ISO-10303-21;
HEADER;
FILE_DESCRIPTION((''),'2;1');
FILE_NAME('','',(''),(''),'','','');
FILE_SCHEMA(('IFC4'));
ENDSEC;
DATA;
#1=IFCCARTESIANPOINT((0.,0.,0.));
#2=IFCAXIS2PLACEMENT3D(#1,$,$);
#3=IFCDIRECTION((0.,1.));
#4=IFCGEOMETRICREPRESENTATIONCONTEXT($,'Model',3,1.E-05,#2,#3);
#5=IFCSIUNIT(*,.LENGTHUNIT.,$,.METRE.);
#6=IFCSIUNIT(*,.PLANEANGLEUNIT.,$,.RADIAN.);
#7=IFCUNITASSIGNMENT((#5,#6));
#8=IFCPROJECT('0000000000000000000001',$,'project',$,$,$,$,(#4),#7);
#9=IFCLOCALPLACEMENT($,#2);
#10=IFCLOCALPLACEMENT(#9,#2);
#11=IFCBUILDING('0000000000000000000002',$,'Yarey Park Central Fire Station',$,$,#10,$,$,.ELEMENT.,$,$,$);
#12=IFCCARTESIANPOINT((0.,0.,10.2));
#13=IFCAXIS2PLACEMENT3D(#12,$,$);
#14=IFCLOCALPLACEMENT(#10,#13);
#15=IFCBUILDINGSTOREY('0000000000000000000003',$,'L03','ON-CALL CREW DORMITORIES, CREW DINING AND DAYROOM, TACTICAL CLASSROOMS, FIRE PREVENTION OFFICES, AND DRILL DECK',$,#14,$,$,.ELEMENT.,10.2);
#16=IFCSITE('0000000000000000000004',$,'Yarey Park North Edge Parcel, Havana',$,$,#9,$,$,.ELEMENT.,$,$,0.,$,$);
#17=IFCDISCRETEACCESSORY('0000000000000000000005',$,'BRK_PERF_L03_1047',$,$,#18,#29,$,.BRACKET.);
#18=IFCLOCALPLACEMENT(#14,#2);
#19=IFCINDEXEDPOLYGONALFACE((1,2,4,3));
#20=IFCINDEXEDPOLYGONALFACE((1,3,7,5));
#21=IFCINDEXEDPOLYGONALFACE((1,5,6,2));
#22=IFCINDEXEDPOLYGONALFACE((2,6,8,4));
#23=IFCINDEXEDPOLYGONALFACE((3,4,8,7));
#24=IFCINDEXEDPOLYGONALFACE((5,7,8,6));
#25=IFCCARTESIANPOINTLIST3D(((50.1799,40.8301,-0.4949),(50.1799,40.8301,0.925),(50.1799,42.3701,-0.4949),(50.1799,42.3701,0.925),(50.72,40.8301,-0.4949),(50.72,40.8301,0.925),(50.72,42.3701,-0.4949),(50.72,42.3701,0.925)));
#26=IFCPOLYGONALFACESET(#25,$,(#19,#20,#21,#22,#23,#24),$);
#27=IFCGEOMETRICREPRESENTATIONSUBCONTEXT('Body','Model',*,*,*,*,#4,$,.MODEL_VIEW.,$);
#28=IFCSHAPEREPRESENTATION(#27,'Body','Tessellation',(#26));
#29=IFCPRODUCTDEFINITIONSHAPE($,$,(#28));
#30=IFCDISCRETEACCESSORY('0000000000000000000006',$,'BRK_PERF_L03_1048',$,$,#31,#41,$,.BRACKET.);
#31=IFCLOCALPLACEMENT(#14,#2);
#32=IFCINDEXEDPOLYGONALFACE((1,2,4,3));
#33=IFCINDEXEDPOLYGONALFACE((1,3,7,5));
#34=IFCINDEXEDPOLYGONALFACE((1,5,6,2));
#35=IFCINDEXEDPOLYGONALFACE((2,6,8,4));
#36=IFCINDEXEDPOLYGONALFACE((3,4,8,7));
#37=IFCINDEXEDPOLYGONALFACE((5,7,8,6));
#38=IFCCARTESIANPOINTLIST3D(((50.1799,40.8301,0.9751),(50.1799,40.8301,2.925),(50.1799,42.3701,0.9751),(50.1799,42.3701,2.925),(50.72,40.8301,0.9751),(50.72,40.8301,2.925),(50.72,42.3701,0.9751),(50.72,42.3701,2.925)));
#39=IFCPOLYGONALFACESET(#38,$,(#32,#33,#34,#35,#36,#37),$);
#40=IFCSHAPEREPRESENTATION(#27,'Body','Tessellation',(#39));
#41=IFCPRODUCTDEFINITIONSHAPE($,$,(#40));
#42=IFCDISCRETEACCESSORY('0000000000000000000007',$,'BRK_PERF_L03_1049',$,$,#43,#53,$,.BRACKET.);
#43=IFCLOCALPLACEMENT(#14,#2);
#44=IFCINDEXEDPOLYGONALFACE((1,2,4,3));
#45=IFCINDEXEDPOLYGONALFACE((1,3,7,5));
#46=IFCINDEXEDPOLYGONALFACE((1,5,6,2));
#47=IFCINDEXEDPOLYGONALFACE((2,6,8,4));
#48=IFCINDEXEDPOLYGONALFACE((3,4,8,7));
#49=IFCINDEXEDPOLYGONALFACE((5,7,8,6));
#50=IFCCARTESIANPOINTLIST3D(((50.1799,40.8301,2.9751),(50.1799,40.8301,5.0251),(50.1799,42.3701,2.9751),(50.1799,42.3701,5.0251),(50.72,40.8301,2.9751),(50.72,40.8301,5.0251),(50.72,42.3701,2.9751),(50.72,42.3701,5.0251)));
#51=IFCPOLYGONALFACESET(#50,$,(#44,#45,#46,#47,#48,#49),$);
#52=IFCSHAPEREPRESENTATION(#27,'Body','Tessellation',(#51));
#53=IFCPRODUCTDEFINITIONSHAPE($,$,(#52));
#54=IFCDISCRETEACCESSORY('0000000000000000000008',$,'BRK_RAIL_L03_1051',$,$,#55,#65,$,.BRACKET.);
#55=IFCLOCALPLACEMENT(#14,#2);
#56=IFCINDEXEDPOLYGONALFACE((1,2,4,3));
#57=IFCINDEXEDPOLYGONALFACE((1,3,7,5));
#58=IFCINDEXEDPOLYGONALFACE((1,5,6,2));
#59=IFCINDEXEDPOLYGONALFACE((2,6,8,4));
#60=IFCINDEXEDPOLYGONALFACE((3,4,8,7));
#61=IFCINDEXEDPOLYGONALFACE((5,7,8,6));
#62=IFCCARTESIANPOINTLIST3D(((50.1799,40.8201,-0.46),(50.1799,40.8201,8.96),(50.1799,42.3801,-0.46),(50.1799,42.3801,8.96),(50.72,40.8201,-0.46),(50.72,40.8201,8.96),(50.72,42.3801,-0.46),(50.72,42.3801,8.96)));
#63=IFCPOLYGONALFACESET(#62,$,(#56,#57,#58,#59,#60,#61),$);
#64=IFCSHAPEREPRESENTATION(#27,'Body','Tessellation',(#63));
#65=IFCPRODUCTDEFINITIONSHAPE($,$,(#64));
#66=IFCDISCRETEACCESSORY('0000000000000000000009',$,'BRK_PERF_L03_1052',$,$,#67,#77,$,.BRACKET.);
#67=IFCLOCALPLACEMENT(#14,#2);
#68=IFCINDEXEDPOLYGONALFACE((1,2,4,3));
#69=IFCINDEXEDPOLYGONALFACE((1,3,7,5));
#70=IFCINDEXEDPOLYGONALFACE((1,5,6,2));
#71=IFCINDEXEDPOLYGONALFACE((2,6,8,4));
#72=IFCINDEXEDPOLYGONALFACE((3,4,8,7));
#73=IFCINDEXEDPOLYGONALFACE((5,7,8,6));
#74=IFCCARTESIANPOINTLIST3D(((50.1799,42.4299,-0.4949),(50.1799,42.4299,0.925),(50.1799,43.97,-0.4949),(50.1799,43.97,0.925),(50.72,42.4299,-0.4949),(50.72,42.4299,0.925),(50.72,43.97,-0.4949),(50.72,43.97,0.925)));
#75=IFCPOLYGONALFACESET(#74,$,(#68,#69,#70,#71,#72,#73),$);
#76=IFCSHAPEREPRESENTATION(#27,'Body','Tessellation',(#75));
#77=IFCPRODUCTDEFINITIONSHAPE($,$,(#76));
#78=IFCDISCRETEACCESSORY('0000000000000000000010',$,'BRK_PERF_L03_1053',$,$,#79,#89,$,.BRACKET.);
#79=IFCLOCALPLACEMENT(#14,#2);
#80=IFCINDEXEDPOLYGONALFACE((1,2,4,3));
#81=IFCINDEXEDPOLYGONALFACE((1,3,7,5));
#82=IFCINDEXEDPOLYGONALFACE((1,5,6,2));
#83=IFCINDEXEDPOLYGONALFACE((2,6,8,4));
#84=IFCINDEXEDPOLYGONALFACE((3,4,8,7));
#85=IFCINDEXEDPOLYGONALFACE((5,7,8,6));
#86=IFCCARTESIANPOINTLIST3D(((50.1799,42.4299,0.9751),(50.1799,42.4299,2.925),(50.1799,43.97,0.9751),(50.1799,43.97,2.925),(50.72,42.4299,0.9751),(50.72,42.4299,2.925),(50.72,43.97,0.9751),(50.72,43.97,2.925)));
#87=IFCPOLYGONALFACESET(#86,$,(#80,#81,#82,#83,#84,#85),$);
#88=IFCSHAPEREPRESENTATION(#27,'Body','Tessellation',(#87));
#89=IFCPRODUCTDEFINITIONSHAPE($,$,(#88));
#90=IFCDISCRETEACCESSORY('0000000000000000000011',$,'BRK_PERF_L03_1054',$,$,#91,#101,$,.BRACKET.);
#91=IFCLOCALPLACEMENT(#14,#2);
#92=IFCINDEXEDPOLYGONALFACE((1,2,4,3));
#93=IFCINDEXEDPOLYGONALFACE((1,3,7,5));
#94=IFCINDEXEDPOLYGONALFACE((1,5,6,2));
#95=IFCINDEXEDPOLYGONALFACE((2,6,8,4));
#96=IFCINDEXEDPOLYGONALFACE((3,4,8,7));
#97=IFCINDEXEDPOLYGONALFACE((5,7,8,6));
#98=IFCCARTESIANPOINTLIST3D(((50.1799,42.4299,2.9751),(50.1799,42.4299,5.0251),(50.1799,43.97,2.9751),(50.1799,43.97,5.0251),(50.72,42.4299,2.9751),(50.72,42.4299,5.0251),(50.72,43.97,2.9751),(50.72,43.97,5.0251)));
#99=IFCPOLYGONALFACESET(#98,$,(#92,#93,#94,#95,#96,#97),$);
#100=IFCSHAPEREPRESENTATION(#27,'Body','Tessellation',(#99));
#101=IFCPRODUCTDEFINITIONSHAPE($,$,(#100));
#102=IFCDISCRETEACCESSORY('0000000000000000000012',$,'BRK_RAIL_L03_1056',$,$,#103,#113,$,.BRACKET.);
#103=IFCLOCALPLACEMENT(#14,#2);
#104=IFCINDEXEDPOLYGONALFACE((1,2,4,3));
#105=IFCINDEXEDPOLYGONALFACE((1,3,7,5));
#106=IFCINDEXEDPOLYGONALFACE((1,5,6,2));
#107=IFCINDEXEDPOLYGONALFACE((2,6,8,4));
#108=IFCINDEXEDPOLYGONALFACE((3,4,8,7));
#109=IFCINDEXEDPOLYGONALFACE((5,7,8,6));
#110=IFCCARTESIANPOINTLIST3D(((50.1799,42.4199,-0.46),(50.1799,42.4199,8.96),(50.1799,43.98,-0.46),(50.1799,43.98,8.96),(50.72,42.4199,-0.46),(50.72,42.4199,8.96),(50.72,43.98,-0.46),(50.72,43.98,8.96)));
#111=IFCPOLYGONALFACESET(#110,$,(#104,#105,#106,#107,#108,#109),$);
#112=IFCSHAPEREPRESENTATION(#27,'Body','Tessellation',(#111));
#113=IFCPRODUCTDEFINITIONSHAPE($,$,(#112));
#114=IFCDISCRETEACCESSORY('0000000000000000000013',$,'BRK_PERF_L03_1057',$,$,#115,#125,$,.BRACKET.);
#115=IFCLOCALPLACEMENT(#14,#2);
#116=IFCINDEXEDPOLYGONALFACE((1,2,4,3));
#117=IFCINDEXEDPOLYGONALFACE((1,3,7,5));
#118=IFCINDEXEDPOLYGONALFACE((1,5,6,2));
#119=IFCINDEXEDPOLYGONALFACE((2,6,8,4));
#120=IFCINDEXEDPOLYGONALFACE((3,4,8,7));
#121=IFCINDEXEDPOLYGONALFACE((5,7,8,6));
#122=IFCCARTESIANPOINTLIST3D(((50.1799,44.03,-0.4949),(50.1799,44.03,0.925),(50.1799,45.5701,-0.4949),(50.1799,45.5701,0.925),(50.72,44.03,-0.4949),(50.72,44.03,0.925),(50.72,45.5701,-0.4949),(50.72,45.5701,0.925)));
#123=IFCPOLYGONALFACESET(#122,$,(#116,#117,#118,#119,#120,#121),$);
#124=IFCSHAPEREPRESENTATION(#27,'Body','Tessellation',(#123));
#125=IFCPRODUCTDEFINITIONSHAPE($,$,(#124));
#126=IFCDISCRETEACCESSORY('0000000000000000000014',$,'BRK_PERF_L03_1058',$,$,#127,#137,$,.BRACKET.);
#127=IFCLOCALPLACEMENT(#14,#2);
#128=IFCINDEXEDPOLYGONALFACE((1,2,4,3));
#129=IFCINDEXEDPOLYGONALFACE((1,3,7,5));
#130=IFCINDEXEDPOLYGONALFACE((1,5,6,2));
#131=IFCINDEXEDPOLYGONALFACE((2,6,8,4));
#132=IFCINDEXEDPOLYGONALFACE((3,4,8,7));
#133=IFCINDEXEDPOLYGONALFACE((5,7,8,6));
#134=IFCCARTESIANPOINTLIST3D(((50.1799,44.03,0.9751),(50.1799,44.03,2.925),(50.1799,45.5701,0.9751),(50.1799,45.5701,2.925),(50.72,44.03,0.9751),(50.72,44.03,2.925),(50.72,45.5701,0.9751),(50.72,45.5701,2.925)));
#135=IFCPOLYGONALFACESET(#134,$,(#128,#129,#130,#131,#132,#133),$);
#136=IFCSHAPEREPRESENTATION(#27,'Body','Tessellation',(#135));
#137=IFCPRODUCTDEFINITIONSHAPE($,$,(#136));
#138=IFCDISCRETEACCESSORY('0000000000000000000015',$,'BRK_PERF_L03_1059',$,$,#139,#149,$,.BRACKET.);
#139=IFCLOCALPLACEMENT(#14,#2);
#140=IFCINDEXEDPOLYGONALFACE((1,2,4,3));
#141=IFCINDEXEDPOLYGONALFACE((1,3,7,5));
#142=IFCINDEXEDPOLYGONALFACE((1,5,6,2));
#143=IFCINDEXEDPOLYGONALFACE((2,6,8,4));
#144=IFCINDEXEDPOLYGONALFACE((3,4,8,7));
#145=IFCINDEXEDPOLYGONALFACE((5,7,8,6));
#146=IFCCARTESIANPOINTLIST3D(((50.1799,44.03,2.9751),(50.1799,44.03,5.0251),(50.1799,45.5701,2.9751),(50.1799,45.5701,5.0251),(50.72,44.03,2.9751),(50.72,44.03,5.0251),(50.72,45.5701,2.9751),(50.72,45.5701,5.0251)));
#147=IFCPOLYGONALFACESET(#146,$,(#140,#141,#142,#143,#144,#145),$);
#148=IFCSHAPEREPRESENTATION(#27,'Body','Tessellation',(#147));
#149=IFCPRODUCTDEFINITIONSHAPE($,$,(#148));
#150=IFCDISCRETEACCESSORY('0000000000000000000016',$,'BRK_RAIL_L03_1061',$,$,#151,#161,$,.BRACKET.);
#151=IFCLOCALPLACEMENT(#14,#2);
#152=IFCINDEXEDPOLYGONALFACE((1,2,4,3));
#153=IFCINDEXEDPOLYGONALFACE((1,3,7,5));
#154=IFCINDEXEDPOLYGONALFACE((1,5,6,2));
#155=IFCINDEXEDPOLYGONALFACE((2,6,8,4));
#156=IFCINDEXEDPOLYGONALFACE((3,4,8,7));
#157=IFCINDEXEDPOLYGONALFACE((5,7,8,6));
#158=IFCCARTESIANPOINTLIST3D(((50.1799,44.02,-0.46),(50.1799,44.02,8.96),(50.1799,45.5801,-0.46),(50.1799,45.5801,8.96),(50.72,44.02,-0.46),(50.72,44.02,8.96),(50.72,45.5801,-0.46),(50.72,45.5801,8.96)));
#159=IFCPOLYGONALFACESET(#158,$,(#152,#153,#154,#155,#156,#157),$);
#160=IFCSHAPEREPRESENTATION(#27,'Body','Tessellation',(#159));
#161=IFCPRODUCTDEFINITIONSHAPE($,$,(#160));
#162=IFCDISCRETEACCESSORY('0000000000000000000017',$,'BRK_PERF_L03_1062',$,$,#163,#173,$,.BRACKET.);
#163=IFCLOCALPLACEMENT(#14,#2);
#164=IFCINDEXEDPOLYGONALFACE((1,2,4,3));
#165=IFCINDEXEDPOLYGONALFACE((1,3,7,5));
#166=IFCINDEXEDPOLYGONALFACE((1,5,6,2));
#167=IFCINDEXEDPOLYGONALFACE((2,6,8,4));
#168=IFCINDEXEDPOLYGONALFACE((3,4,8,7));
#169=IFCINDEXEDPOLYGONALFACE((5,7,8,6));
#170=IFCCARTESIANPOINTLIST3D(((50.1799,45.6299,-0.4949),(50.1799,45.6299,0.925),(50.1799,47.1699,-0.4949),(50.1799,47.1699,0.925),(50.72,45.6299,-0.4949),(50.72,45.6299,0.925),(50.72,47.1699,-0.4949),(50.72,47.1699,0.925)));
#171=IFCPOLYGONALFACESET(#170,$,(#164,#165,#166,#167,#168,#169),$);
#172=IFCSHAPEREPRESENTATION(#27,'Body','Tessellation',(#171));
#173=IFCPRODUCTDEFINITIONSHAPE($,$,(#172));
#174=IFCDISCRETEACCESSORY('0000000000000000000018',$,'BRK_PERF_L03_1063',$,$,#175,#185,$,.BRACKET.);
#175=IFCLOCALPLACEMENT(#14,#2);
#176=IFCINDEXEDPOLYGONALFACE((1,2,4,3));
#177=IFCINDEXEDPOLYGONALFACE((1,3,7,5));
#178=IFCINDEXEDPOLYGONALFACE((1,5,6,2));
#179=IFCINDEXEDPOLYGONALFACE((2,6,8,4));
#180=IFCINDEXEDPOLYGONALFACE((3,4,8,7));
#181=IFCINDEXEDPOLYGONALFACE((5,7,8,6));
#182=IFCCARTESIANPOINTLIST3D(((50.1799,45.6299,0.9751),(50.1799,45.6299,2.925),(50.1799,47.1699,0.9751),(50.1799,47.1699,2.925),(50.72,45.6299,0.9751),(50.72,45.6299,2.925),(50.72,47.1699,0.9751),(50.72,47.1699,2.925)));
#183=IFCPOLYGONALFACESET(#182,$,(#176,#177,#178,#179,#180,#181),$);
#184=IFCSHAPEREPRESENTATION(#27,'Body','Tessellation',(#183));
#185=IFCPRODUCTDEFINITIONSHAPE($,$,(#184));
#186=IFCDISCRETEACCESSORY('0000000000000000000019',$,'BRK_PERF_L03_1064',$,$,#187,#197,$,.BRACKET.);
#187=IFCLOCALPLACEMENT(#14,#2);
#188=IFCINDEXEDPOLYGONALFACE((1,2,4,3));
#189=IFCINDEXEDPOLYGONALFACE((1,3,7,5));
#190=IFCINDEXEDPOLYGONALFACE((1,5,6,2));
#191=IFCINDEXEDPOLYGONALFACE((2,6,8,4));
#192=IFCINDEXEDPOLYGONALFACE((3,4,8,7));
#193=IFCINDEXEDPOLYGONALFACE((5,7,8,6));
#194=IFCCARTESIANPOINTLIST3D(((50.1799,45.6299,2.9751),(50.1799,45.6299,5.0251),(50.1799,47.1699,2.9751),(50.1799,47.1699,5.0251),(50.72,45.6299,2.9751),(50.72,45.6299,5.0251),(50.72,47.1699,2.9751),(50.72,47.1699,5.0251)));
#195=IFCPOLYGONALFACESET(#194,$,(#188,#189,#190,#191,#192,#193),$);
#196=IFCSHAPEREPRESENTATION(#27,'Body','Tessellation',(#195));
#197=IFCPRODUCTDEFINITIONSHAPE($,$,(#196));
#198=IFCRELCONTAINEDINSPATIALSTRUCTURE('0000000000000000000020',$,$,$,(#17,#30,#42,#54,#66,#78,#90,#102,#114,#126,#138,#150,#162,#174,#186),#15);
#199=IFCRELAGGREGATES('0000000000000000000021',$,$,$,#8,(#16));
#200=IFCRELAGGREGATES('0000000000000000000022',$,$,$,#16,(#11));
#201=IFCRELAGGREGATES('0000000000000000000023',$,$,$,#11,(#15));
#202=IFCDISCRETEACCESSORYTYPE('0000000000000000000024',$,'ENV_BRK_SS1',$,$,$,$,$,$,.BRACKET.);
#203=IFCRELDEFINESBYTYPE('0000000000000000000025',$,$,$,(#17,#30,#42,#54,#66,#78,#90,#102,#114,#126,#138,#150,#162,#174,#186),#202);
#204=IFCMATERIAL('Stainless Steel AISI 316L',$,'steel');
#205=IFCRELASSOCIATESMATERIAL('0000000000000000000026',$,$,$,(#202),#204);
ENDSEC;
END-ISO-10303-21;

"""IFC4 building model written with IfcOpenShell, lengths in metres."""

from ifc_helpers import new_model, si_unit, direction, frame, origin, origin_2d, place, context, subcontext, project, spatial, rectangle, extrude, material, type_object, element, save


model = new_model("IFC4")

# Units and contexts
model_context = context("Model", 3, precision=1e-05, world=origin(), true_north=direction((0.0, 1.0)))
body_context = subcontext(model_context, "Body", "Model", "MODEL_VIEW")
ifc_project = project(units=[si_unit("LENGTHUNIT", "METRE"), si_unit("PLANEANGLEUNIT", "RADIAN")], contexts=[model_context])

# Site, building, storey
site_placement = place(None, origin())
site = spatial("IfcSite", under=ifc_project, at=site_placement, Name="Yarey Park North Edge Parcel, Havana", CompositionType="ELEMENT", RefElevation=0.0)
building_placement = place(site_placement, origin())
building = spatial("IfcBuilding", under=site, at=building_placement, Name="Yarey Park Central Fire Station", CompositionType="ELEMENT")
storey_placement = place(building_placement, frame((0.0, 0.0, 10.2)))
storey = spatial("IfcBuildingStorey", under=building, at=storey_placement, Name="L03", Description="ON-CALL CREW DORMITORIES, CREW DINING AND DAYROOM, TACTICAL CLASSROOMS, FIRE PREVENTION OFFICES, AND DRILL DECK", CompositionType="ELEMENT", Elevation=10.2)

# Discrete accessories
ifc_material_1 = material(Name="Stainless Steel AISI 316L", Category="steel")
discrete_accessory_type = type_object("IfcDiscreteAccessoryType", Name="ENV_BRK_SS1", PredefinedType="BRACKET", material=ifc_material_1)
discrete_accessory_1_placement = place(storey_placement, frame((50.45, 41.6001, -0.4949), z_axis=(0.0, 0.0, 1.0), x_axis=(1.0, 0.0, 0.0)))
element("IfcDiscreteAccessory", 1, at=discrete_accessory_1_placement, inside=storey, type_object=discrete_accessory_type, Name="BRK_PERF_L03_1047", PredefinedType="BRACKET", context=body_context, shape_type="SweptSolid", body=[
    extrude(rectangle(XDim=0.54, YDim=1.54, at=origin_2d()), origin(), (0.0, 0.0, 1.0), 1.4199),
])
discrete_accessory_2_placement = place(storey_placement, frame((50.45, 41.6001, 0.9751), z_axis=(0.0, 0.0, 1.0), x_axis=(1.0, 0.0, 0.0)))
element("IfcDiscreteAccessory", 2, at=discrete_accessory_2_placement, inside=storey, type_object=discrete_accessory_type, Name="BRK_PERF_L03_1048", PredefinedType="BRACKET", context=body_context, shape_type="SweptSolid", body=[
    extrude(rectangle(XDim=0.54, YDim=1.54, at=origin_2d()), origin(), (0.0, 0.0, 1.0), 1.95),
])
discrete_accessory_3_placement = place(storey_placement, frame((50.45, 41.6001, 2.9751), z_axis=(0.0, 0.0, 1.0), x_axis=(1.0, 0.0, 0.0)))
element("IfcDiscreteAccessory", 3, at=discrete_accessory_3_placement, inside=storey, type_object=discrete_accessory_type, Name="BRK_PERF_L03_1049", PredefinedType="BRACKET", context=body_context, shape_type="SweptSolid", body=[
    extrude(rectangle(XDim=0.54, YDim=1.54, at=origin_2d()), origin(), (0.0, 0.0, 1.0), 2.05),
])
discrete_accessory_4_placement = place(storey_placement, frame((50.45, 41.6001, -0.46), z_axis=(0.0, 0.0, 1.0), x_axis=(1.0, 0.0, 0.0)))
element("IfcDiscreteAccessory", 4, at=discrete_accessory_4_placement, inside=storey, type_object=discrete_accessory_type, Name="BRK_RAIL_L03_1051", PredefinedType="BRACKET", context=body_context, shape_type="SweptSolid", body=[
    extrude(rectangle(XDim=0.54, YDim=1.5601, at=origin_2d()), origin(), (0.0, 0.0, 1.0), 9.4199),
])
discrete_accessory_5_placement = place(storey_placement, frame((50.45, 43.2, -0.4949), z_axis=(0.0, 0.0, 1.0), x_axis=(1.0, 0.0, 0.0)))
element("IfcDiscreteAccessory", 5, at=discrete_accessory_5_placement, inside=storey, type_object=discrete_accessory_type, Name="BRK_PERF_L03_1052", PredefinedType="BRACKET", context=body_context, shape_type="SweptSolid", body=[
    extrude(rectangle(XDim=0.54, YDim=1.54, at=origin_2d()), origin(), (0.0, 0.0, 1.0), 1.4199),
])
discrete_accessory_6_placement = place(storey_placement, frame((50.45, 43.2, 0.9751), z_axis=(0.0, 0.0, 1.0), x_axis=(1.0, 0.0, 0.0)))
element("IfcDiscreteAccessory", 6, at=discrete_accessory_6_placement, inside=storey, type_object=discrete_accessory_type, Name="BRK_PERF_L03_1053", PredefinedType="BRACKET", context=body_context, shape_type="SweptSolid", body=[
    extrude(rectangle(XDim=0.54, YDim=1.54, at=origin_2d()), origin(), (0.0, 0.0, 1.0), 1.95),
])
discrete_accessory_7_placement = place(storey_placement, frame((50.45, 43.2, 2.9751), z_axis=(0.0, 0.0, 1.0), x_axis=(1.0, 0.0, 0.0)))
element("IfcDiscreteAccessory", 7, at=discrete_accessory_7_placement, inside=storey, type_object=discrete_accessory_type, Name="BRK_PERF_L03_1054", PredefinedType="BRACKET", context=body_context, shape_type="SweptSolid", body=[
    extrude(rectangle(XDim=0.54, YDim=1.54, at=origin_2d()), origin(), (0.0, 0.0, 1.0), 2.05),
])
discrete_accessory_8_placement = place(storey_placement, frame((50.45, 43.2, -0.46), z_axis=(0.0, 0.0, 1.0), x_axis=(1.0, 0.0, 0.0)))
element("IfcDiscreteAccessory", 8, at=discrete_accessory_8_placement, inside=storey, type_object=discrete_accessory_type, Name="BRK_RAIL_L03_1056", PredefinedType="BRACKET", context=body_context, shape_type="SweptSolid", body=[
    extrude(rectangle(XDim=0.54, YDim=1.5601, at=origin_2d()), origin(), (0.0, 0.0, 1.0), 9.4199),
])
discrete_accessory_9_placement = place(storey_placement, frame((50.45, 44.8, -0.4949), z_axis=(0.0, 0.0, 1.0), x_axis=(1.0, 0.0, 0.0)))
element("IfcDiscreteAccessory", 9, at=discrete_accessory_9_placement, inside=storey, type_object=discrete_accessory_type, Name="BRK_PERF_L03_1057", PredefinedType="BRACKET", context=body_context, shape_type="SweptSolid", body=[
    extrude(rectangle(XDim=0.54, YDim=1.54, at=origin_2d()), origin(), (0.0, 0.0, 1.0), 1.4199),
])
discrete_accessory_10_placement = place(storey_placement, frame((50.45, 44.8, 0.9751), z_axis=(0.0, 0.0, 1.0), x_axis=(1.0, 0.0, 0.0)))
element("IfcDiscreteAccessory", 10, at=discrete_accessory_10_placement, inside=storey, type_object=discrete_accessory_type, Name="BRK_PERF_L03_1058", PredefinedType="BRACKET", context=body_context, shape_type="SweptSolid", body=[
    extrude(rectangle(XDim=0.54, YDim=1.54, at=origin_2d()), origin(), (0.0, 0.0, 1.0), 1.95),
])
discrete_accessory_11_placement = place(storey_placement, frame((50.45, 44.8, 2.9751), z_axis=(0.0, 0.0, 1.0), x_axis=(1.0, 0.0, 0.0)))
element("IfcDiscreteAccessory", 11, at=discrete_accessory_11_placement, inside=storey, type_object=discrete_accessory_type, Name="BRK_PERF_L03_1059", PredefinedType="BRACKET", context=body_context, shape_type="SweptSolid", body=[
    extrude(rectangle(XDim=0.54, YDim=1.54, at=origin_2d()), origin(), (0.0, 0.0, 1.0), 2.05),
])
discrete_accessory_12_placement = place(storey_placement, frame((50.45, 44.8, -0.46), z_axis=(0.0, 0.0, 1.0), x_axis=(1.0, 0.0, 0.0)))
element("IfcDiscreteAccessory", 12, at=discrete_accessory_12_placement, inside=storey, type_object=discrete_accessory_type, Name="BRK_RAIL_L03_1061", PredefinedType="BRACKET", context=body_context, shape_type="SweptSolid", body=[
    extrude(rectangle(XDim=0.54, YDim=1.5601, at=origin_2d()), origin(), (0.0, 0.0, 1.0), 9.4199),
])
discrete_accessory_13_placement = place(storey_placement, frame((50.45, 46.3999, -0.4949), z_axis=(0.0, 0.0, 1.0), x_axis=(1.0, 0.0, 0.0)))
element("IfcDiscreteAccessory", 13, at=discrete_accessory_13_placement, inside=storey, type_object=discrete_accessory_type, Name="BRK_PERF_L03_1062", PredefinedType="BRACKET", context=body_context, shape_type="SweptSolid", body=[
    extrude(rectangle(XDim=0.54, YDim=1.54, at=origin_2d()), origin(), (0.0, 0.0, 1.0), 1.4199),
])
discrete_accessory_14_placement = place(storey_placement, frame((50.45, 46.3999, 0.9751), z_axis=(0.0, 0.0, 1.0), x_axis=(1.0, 0.0, 0.0)))
element("IfcDiscreteAccessory", 14, at=discrete_accessory_14_placement, inside=storey, type_object=discrete_accessory_type, Name="BRK_PERF_L03_1063", PredefinedType="BRACKET", context=body_context, shape_type="SweptSolid", body=[
    extrude(rectangle(XDim=0.54, YDim=1.54, at=origin_2d()), origin(), (0.0, 0.0, 1.0), 1.95),
])
discrete_accessory_15_placement = place(storey_placement, frame((50.45, 46.3999, 2.9751), z_axis=(0.0, 0.0, 1.0), x_axis=(1.0, 0.0, 0.0)))
element("IfcDiscreteAccessory", 15, at=discrete_accessory_15_placement, inside=storey, type_object=discrete_accessory_type, Name="BRK_PERF_L03_1064", PredefinedType="BRACKET", context=body_context, shape_type="SweptSolid", body=[
    extrude(rectangle(XDim=0.54, YDim=1.54, at=origin_2d()), origin(), (0.0, 0.0, 1.0), 2.05),
])

save(model, "model.ifc")
